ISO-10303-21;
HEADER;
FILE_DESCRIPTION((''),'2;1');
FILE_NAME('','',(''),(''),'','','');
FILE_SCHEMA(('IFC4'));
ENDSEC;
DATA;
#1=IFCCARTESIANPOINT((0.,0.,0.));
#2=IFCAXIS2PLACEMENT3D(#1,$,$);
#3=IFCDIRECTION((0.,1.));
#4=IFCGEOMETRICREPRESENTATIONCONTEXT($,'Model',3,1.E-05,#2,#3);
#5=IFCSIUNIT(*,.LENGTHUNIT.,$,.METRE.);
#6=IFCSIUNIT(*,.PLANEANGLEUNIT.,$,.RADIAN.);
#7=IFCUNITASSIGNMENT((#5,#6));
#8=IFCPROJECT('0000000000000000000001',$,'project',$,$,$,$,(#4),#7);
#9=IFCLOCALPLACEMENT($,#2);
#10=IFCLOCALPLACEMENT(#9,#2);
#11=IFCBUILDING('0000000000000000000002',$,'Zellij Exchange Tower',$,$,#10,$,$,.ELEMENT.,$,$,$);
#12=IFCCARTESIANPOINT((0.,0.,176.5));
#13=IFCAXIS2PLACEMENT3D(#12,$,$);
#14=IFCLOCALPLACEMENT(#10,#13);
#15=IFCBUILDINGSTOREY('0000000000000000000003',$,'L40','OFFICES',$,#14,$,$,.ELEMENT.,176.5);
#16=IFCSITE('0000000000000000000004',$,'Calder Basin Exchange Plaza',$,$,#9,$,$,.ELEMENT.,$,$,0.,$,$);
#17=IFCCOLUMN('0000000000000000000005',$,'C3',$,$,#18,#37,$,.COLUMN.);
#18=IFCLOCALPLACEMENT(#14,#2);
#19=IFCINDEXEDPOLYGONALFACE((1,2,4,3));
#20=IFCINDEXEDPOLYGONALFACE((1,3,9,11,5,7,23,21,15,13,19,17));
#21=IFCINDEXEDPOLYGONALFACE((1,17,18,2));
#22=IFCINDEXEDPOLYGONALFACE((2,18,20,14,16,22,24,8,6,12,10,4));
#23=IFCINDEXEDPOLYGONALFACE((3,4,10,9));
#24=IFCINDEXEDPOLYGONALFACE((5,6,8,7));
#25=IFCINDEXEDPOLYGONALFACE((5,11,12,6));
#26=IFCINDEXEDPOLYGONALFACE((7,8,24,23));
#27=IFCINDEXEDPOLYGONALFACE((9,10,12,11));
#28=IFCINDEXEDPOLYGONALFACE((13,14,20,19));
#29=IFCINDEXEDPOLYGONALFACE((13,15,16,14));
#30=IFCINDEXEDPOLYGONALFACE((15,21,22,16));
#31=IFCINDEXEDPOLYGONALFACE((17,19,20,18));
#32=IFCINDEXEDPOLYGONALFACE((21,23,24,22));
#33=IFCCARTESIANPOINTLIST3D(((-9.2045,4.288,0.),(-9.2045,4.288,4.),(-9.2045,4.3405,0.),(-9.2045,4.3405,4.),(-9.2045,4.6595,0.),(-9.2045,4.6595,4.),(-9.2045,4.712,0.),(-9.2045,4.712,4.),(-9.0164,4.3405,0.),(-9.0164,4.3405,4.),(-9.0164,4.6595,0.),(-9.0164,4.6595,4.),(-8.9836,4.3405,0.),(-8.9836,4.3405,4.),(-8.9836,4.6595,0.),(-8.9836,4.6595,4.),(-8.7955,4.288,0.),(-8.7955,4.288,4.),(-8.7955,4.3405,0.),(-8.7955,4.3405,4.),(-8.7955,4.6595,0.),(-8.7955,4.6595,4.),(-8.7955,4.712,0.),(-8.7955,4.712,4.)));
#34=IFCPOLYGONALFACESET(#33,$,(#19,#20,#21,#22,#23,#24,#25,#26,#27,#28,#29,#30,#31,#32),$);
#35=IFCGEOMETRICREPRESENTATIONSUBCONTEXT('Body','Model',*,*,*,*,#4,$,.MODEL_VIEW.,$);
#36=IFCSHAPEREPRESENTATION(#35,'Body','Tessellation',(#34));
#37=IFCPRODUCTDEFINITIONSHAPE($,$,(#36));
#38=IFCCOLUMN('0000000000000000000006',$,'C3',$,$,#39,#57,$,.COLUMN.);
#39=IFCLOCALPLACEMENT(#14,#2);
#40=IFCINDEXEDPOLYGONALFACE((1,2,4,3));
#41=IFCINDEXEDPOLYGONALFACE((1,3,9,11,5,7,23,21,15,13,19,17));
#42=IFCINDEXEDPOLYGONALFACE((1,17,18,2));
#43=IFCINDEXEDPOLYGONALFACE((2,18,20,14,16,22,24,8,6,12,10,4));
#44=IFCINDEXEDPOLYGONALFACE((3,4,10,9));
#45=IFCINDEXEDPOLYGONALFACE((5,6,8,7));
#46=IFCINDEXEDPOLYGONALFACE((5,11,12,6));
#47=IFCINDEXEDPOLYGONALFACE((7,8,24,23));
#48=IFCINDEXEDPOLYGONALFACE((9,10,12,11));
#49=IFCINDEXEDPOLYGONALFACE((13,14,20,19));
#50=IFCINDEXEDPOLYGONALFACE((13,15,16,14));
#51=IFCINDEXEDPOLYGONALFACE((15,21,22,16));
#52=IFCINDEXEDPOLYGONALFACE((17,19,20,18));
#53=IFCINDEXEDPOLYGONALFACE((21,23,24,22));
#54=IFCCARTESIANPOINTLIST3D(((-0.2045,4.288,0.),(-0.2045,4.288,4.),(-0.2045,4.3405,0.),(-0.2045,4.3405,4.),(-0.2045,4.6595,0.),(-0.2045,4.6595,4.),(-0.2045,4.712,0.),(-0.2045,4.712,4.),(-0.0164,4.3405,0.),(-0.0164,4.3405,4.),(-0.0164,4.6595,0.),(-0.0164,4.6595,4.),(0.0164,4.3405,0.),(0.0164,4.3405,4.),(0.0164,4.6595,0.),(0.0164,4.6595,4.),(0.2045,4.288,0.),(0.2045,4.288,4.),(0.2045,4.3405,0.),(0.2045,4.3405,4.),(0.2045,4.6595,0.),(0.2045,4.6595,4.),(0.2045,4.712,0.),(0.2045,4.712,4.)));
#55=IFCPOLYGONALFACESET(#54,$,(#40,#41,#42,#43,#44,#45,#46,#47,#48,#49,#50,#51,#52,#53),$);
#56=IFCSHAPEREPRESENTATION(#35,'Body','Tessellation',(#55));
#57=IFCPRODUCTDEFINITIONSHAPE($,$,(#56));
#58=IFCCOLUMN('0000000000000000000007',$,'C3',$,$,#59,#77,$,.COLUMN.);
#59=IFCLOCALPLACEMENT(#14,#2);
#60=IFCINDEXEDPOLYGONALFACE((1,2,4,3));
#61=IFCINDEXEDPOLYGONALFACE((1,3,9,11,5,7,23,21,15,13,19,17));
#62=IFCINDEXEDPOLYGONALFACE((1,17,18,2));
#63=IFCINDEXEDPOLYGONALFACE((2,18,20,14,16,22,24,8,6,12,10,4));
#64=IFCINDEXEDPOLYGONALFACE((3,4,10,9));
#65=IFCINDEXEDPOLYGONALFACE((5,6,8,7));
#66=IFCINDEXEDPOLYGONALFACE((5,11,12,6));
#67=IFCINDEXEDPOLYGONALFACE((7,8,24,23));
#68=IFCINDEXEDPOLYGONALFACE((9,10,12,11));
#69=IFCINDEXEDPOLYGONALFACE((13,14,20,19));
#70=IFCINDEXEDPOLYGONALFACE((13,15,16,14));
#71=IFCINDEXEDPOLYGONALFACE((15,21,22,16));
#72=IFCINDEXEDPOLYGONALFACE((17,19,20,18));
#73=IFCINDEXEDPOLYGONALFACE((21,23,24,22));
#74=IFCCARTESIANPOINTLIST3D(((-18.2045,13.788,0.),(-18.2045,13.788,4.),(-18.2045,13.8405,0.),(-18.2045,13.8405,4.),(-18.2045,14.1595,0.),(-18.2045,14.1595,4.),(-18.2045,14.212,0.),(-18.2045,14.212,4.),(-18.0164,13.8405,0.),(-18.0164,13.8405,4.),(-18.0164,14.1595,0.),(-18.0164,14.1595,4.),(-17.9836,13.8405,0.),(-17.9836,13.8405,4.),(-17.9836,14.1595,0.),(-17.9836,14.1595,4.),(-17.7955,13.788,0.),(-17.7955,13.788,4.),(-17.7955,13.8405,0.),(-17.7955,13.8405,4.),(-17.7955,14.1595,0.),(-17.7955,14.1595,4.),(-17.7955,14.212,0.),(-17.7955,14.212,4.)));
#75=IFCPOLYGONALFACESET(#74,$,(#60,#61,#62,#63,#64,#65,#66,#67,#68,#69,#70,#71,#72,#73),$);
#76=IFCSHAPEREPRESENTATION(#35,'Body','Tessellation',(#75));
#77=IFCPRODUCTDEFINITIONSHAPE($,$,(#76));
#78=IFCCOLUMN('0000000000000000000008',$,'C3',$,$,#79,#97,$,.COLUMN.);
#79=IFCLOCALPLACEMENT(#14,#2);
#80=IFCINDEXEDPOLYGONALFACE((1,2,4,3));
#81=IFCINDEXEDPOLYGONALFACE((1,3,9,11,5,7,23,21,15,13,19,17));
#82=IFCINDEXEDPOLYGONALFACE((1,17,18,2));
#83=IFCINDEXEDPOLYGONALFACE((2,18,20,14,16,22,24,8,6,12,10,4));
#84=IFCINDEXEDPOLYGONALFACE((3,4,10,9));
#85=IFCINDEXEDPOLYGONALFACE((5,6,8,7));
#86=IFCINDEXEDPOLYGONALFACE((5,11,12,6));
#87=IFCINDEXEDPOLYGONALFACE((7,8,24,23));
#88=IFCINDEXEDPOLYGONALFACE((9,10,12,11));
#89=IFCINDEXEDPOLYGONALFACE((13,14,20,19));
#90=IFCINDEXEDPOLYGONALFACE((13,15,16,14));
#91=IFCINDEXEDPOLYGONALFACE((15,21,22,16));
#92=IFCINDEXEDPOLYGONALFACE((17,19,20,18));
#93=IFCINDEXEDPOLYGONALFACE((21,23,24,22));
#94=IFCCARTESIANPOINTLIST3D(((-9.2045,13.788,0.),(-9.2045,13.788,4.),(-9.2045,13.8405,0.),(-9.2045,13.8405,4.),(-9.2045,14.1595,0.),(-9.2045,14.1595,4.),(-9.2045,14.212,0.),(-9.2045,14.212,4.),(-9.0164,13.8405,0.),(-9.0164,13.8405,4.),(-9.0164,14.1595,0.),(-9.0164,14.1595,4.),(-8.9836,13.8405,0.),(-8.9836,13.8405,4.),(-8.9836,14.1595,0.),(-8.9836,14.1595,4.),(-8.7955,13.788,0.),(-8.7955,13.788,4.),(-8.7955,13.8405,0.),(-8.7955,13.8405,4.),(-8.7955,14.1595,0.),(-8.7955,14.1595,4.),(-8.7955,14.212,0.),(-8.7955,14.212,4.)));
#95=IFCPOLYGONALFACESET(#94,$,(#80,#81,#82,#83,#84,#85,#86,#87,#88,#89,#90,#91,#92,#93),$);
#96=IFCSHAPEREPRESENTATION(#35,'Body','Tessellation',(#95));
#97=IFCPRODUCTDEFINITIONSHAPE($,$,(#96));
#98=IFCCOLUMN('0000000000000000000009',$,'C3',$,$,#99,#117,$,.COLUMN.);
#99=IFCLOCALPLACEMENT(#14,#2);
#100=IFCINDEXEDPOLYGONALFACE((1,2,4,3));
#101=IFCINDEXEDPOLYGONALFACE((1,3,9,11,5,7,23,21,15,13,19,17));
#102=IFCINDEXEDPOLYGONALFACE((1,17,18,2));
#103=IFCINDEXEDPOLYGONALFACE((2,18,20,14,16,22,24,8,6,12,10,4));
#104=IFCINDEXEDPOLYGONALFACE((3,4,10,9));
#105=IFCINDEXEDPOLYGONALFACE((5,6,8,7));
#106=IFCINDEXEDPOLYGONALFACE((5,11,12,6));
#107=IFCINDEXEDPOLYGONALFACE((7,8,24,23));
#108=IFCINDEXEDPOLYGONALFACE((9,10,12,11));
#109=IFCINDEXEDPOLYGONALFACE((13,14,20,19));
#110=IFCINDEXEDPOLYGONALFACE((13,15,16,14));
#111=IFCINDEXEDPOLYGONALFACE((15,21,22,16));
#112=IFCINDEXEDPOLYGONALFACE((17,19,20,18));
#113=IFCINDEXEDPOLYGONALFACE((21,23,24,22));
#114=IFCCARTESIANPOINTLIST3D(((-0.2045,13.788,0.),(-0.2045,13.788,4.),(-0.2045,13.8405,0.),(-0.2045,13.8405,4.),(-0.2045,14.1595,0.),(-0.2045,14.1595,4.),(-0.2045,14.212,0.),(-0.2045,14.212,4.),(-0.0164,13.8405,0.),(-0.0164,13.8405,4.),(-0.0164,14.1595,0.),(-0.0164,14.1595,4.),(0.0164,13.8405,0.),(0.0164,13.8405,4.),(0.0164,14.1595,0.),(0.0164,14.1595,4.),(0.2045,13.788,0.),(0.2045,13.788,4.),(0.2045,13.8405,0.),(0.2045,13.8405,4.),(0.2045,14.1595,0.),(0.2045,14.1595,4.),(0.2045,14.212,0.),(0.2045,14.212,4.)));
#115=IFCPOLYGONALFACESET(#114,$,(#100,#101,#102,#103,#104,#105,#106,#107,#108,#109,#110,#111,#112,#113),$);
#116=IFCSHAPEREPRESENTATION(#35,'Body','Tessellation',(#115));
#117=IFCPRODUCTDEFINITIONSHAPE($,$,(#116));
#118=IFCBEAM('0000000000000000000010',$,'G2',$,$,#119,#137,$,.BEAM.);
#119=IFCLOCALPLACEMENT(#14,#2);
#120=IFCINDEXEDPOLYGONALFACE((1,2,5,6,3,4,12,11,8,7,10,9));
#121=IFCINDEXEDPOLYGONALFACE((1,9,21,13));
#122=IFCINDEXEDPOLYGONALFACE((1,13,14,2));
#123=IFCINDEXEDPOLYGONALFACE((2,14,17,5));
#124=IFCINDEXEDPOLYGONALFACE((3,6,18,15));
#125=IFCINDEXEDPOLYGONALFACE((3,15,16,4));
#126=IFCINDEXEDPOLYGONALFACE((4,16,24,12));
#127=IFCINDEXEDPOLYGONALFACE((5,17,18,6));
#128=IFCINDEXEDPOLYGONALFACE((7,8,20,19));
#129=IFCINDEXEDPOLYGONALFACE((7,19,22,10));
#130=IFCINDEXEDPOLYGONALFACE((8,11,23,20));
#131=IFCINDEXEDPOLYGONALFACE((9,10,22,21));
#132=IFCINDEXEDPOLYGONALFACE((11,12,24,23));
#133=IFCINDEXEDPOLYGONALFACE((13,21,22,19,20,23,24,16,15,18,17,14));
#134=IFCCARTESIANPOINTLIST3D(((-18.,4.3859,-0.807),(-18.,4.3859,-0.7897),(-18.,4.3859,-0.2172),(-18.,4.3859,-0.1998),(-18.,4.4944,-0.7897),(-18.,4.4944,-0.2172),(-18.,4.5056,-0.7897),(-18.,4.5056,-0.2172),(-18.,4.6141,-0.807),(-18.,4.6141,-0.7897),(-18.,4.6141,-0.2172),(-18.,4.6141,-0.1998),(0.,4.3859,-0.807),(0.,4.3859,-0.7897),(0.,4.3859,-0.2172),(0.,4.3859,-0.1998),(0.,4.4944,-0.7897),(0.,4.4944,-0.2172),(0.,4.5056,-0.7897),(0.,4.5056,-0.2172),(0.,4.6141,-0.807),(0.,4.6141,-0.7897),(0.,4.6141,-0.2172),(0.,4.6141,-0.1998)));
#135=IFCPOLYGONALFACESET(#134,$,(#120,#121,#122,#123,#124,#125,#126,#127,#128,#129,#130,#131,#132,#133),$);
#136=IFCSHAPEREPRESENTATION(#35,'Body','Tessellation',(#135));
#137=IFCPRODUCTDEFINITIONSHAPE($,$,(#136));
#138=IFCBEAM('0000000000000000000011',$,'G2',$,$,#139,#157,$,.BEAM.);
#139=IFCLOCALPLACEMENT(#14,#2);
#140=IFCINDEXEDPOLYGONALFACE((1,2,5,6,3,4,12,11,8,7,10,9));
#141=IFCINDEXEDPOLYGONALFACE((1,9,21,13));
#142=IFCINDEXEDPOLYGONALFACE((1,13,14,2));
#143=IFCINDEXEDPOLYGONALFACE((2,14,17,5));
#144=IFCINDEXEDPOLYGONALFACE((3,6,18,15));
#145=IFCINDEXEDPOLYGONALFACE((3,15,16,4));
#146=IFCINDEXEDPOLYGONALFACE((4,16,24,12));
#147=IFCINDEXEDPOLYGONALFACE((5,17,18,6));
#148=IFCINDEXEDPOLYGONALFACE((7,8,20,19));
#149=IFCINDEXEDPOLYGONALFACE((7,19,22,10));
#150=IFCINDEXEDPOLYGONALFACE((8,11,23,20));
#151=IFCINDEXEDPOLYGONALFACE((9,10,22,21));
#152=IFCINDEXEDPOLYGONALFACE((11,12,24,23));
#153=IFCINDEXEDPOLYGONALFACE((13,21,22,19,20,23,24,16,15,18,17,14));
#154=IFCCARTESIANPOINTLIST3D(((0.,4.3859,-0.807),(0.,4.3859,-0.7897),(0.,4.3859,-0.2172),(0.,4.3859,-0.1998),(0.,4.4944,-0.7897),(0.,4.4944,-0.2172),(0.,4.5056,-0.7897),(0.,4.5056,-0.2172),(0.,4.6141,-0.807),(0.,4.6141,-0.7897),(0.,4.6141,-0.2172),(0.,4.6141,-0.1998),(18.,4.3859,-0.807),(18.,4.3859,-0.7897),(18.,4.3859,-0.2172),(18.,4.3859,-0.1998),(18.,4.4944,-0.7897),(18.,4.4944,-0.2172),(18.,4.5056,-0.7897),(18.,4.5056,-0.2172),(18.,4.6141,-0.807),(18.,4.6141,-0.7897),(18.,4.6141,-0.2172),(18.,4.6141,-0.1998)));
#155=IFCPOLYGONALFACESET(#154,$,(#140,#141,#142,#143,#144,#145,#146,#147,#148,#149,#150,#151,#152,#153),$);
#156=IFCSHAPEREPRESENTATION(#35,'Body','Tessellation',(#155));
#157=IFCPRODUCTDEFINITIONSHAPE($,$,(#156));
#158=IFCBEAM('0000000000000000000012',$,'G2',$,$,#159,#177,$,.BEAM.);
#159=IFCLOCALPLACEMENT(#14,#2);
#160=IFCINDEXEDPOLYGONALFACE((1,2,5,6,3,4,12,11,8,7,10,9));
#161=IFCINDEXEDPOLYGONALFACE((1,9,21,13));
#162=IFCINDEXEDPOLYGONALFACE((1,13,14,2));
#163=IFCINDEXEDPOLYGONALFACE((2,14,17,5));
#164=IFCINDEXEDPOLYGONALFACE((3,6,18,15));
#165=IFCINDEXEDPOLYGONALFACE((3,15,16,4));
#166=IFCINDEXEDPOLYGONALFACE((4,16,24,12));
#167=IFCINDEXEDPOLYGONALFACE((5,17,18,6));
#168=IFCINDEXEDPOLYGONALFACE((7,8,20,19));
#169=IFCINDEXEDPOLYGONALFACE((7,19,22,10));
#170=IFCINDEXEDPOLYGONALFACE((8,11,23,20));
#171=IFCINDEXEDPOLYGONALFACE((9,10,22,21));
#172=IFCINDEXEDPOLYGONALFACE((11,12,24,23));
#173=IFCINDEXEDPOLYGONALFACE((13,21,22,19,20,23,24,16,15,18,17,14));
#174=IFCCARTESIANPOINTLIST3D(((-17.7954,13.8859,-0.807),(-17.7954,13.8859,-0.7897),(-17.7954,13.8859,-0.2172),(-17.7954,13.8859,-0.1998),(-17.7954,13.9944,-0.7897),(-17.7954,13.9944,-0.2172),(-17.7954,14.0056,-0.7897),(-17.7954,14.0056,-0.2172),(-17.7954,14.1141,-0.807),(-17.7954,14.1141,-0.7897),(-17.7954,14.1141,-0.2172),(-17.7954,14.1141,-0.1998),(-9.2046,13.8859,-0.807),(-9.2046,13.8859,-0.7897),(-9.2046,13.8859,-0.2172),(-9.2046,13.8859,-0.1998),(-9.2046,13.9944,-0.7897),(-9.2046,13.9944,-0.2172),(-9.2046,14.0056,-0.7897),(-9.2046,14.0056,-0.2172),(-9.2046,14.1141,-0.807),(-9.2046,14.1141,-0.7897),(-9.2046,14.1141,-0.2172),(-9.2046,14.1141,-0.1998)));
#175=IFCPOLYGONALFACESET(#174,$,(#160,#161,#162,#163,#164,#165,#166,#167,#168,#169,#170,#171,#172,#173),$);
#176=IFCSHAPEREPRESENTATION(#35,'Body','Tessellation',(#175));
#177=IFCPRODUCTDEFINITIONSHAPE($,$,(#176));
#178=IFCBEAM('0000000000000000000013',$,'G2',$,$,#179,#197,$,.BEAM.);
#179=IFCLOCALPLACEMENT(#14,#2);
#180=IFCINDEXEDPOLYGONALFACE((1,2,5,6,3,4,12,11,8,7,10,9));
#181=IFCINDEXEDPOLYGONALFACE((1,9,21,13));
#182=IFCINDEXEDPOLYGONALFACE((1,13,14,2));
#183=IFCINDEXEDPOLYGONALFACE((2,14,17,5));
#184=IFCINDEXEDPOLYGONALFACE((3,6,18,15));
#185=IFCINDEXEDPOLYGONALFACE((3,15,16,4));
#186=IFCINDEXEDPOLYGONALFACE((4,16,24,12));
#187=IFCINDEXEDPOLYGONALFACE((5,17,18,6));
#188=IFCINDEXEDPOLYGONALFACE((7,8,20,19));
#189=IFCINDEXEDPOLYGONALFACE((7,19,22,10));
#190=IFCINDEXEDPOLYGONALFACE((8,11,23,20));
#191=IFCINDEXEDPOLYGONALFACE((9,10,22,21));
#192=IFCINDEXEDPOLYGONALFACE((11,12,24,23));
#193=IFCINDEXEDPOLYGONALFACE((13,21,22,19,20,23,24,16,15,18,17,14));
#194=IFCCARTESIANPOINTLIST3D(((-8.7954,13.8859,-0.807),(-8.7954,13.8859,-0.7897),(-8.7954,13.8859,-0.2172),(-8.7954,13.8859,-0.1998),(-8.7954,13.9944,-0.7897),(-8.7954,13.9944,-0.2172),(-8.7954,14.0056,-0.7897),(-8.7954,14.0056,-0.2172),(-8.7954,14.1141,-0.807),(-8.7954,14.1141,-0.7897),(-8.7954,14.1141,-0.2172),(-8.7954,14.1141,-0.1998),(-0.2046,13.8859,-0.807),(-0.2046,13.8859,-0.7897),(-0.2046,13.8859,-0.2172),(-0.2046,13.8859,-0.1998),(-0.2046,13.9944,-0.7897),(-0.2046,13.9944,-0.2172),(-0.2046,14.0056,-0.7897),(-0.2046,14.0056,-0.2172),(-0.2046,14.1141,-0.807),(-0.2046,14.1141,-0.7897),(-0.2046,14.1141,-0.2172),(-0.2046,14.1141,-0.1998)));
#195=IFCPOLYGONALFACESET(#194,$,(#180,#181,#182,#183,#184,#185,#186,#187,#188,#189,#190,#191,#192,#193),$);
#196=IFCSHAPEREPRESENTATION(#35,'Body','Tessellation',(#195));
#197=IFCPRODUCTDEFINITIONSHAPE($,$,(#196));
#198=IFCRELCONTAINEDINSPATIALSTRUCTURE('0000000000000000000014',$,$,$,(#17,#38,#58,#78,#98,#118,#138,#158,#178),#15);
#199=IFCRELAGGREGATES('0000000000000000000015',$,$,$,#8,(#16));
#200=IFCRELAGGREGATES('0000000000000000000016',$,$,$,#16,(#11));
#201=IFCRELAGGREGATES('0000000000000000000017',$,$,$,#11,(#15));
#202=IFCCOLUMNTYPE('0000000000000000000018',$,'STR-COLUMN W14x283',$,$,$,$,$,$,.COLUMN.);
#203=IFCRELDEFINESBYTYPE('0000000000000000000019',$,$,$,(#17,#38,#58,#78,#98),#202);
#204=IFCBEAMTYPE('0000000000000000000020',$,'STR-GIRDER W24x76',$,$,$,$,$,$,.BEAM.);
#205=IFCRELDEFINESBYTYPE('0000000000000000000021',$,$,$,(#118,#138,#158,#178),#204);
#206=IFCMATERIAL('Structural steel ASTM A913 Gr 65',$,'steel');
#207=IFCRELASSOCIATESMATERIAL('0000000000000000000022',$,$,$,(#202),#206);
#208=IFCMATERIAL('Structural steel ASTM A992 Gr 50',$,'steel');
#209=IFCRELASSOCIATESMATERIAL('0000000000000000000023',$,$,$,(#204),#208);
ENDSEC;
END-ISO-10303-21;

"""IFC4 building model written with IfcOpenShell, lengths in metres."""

from ifc_helpers import new_model, si_unit, direction, frame, origin, origin_2d, place, context, subcontext, project, spatial, i_section, extrude, material, material_profile, profile_set, type_object, element, save


model = new_model("IFC4")

# Units and contexts
model_context = context("Model", 3, precision=1e-05, world=origin(), true_north=direction((0.0, 1.0)))
body_context = subcontext(model_context, "Body", "Model", "MODEL_VIEW")
ifc_project = project(units=[si_unit("LENGTHUNIT", "METRE"), si_unit("PLANEANGLEUNIT", "RADIAN")], contexts=[model_context])

# Site, building, storey
site_placement = place(None, origin())
site = spatial("IfcSite", under=ifc_project, at=site_placement, Name="Calder Basin Exchange Plaza", CompositionType="ELEMENT", RefElevation=0.0)
building_placement = place(site_placement, origin())
building = spatial("IfcBuilding", under=site, at=building_placement, Name="Zellij Exchange Tower", CompositionType="ELEMENT")
storey_placement = place(building_placement, frame((0.0, 0.0, 176.5)))
storey = spatial("IfcBuildingStorey", under=building, at=storey_placement, Name="L40", Description="OFFICES", CompositionType="ELEMENT", Elevation=176.5)

# Columns
ifc_material_1 = material(Name="Structural steel ASTM A913 Gr 65", Category="steel")
ifc_material_profile_1 = material_profile(ifc_material_1, i_section(OverallWidth=0.4089, OverallDepth=0.4241, WebThickness=0.0327, FlangeThickness=0.0525, at=origin_2d()), Name="W14x283")
ifc_profile_set_1 = profile_set([ifc_material_profile_1], Name="Structural steel ASTM A913 Gr 65")
column_type = type_object("IfcColumnType", Name="STR-COLUMN W14x283", PredefinedType="COLUMN", material=ifc_profile_set_1)
for number, where, z_axis, x_axis, name in (
    (1, (-9.0, 4.5, 0.0), (0.0, 0.0, 1.0), (1.0, 0.0, 0.0), "C3"),
    (2, (0.0, 4.5, 0.0), (0.0, 0.0, 1.0), (1.0, 0.0, 0.0), "C3"),
    (3, (-18.0, 14.0, 0.0), (0.0, 0.0, 1.0), (1.0, 0.0, 0.0), "C3"),
    (4, (-9.0, 14.0, 0.0), (0.0, 0.0, 1.0), (1.0, 0.0, 0.0), "C3"),
    (5, (0.0, 14.0, 0.0), (0.0, 0.0, 1.0), (1.0, 0.0, 0.0), "C3"),
):
    element("IfcColumn", number, at=place(storey_placement, frame(where, z_axis=z_axis, x_axis=x_axis)), inside=storey, type_object=column_type, Name=name, PredefinedType="COLUMN", context=body_context, shape_type="SweptSolid", body=[
        extrude(i_section(OverallWidth=0.4089, OverallDepth=0.4241, WebThickness=0.0327, FlangeThickness=0.0525, at=origin_2d()), origin(), (0.0, 0.0, 1.0), 4.0),
    ])

# Beams
ifc_material_2 = material(Name="Structural steel ASTM A992 Gr 50", Category="steel")
ifc_material_profile_2 = material_profile(ifc_material_2, i_section(OverallWidth=0.2283, OverallDepth=0.6072, WebThickness=0.0112, FlangeThickness=0.0173, at=origin_2d()), Name="W24x76")
ifc_profile_set_2 = profile_set([ifc_material_profile_2], Name="Structural steel ASTM A992 Gr 50")
beam_type = type_object("IfcBeamType", Name="STR-GIRDER W24x76", PredefinedType="BEAM", material=ifc_profile_set_2)
for number, where, z_axis, x_axis, name in (
    (6, (-18.0, 4.5, -0.5034), (1.0, 0.0, 0.0), (0.0, 1.0, 0.0), "G2"),
    (7, (0.0, 4.5, -0.5034), (1.0, 0.0, 0.0), (0.0, 1.0, 0.0), "G2"),
):
    element("IfcBeam", number, at=place(storey_placement, frame(where, z_axis=z_axis, x_axis=x_axis)), inside=storey, type_object=beam_type, Name=name, PredefinedType="BEAM", context=body_context, shape_type="SweptSolid", body=[
        extrude(i_section(OverallWidth=0.2283, OverallDepth=0.6072, WebThickness=0.0112, FlangeThickness=0.0173, at=origin_2d()), origin(), (0.0, 0.0, 1.0), 18.0),
    ])
for number, where, z_axis, x_axis, name in (
    (8, (-17.7954, 14.0, -0.5034), (1.0, 0.0, 0.0), (0.0, 1.0, 0.0), "G2"),
    (9, (-8.7954, 14.0, -0.5034), (1.0, 0.0, 0.0), (0.0, 1.0, 0.0), "G2"),
):
    element("IfcBeam", number, at=place(storey_placement, frame(where, z_axis=z_axis, x_axis=x_axis)), inside=storey, type_object=beam_type, Name=name, PredefinedType="BEAM", context=body_context, shape_type="SweptSolid", body=[
        extrude(i_section(OverallWidth=0.2283, OverallDepth=0.6072, WebThickness=0.0112, FlangeThickness=0.0173, at=origin_2d()), origin(), (0.0, 0.0, 1.0), 8.5908),
    ])

save(model, "model.ifc")
